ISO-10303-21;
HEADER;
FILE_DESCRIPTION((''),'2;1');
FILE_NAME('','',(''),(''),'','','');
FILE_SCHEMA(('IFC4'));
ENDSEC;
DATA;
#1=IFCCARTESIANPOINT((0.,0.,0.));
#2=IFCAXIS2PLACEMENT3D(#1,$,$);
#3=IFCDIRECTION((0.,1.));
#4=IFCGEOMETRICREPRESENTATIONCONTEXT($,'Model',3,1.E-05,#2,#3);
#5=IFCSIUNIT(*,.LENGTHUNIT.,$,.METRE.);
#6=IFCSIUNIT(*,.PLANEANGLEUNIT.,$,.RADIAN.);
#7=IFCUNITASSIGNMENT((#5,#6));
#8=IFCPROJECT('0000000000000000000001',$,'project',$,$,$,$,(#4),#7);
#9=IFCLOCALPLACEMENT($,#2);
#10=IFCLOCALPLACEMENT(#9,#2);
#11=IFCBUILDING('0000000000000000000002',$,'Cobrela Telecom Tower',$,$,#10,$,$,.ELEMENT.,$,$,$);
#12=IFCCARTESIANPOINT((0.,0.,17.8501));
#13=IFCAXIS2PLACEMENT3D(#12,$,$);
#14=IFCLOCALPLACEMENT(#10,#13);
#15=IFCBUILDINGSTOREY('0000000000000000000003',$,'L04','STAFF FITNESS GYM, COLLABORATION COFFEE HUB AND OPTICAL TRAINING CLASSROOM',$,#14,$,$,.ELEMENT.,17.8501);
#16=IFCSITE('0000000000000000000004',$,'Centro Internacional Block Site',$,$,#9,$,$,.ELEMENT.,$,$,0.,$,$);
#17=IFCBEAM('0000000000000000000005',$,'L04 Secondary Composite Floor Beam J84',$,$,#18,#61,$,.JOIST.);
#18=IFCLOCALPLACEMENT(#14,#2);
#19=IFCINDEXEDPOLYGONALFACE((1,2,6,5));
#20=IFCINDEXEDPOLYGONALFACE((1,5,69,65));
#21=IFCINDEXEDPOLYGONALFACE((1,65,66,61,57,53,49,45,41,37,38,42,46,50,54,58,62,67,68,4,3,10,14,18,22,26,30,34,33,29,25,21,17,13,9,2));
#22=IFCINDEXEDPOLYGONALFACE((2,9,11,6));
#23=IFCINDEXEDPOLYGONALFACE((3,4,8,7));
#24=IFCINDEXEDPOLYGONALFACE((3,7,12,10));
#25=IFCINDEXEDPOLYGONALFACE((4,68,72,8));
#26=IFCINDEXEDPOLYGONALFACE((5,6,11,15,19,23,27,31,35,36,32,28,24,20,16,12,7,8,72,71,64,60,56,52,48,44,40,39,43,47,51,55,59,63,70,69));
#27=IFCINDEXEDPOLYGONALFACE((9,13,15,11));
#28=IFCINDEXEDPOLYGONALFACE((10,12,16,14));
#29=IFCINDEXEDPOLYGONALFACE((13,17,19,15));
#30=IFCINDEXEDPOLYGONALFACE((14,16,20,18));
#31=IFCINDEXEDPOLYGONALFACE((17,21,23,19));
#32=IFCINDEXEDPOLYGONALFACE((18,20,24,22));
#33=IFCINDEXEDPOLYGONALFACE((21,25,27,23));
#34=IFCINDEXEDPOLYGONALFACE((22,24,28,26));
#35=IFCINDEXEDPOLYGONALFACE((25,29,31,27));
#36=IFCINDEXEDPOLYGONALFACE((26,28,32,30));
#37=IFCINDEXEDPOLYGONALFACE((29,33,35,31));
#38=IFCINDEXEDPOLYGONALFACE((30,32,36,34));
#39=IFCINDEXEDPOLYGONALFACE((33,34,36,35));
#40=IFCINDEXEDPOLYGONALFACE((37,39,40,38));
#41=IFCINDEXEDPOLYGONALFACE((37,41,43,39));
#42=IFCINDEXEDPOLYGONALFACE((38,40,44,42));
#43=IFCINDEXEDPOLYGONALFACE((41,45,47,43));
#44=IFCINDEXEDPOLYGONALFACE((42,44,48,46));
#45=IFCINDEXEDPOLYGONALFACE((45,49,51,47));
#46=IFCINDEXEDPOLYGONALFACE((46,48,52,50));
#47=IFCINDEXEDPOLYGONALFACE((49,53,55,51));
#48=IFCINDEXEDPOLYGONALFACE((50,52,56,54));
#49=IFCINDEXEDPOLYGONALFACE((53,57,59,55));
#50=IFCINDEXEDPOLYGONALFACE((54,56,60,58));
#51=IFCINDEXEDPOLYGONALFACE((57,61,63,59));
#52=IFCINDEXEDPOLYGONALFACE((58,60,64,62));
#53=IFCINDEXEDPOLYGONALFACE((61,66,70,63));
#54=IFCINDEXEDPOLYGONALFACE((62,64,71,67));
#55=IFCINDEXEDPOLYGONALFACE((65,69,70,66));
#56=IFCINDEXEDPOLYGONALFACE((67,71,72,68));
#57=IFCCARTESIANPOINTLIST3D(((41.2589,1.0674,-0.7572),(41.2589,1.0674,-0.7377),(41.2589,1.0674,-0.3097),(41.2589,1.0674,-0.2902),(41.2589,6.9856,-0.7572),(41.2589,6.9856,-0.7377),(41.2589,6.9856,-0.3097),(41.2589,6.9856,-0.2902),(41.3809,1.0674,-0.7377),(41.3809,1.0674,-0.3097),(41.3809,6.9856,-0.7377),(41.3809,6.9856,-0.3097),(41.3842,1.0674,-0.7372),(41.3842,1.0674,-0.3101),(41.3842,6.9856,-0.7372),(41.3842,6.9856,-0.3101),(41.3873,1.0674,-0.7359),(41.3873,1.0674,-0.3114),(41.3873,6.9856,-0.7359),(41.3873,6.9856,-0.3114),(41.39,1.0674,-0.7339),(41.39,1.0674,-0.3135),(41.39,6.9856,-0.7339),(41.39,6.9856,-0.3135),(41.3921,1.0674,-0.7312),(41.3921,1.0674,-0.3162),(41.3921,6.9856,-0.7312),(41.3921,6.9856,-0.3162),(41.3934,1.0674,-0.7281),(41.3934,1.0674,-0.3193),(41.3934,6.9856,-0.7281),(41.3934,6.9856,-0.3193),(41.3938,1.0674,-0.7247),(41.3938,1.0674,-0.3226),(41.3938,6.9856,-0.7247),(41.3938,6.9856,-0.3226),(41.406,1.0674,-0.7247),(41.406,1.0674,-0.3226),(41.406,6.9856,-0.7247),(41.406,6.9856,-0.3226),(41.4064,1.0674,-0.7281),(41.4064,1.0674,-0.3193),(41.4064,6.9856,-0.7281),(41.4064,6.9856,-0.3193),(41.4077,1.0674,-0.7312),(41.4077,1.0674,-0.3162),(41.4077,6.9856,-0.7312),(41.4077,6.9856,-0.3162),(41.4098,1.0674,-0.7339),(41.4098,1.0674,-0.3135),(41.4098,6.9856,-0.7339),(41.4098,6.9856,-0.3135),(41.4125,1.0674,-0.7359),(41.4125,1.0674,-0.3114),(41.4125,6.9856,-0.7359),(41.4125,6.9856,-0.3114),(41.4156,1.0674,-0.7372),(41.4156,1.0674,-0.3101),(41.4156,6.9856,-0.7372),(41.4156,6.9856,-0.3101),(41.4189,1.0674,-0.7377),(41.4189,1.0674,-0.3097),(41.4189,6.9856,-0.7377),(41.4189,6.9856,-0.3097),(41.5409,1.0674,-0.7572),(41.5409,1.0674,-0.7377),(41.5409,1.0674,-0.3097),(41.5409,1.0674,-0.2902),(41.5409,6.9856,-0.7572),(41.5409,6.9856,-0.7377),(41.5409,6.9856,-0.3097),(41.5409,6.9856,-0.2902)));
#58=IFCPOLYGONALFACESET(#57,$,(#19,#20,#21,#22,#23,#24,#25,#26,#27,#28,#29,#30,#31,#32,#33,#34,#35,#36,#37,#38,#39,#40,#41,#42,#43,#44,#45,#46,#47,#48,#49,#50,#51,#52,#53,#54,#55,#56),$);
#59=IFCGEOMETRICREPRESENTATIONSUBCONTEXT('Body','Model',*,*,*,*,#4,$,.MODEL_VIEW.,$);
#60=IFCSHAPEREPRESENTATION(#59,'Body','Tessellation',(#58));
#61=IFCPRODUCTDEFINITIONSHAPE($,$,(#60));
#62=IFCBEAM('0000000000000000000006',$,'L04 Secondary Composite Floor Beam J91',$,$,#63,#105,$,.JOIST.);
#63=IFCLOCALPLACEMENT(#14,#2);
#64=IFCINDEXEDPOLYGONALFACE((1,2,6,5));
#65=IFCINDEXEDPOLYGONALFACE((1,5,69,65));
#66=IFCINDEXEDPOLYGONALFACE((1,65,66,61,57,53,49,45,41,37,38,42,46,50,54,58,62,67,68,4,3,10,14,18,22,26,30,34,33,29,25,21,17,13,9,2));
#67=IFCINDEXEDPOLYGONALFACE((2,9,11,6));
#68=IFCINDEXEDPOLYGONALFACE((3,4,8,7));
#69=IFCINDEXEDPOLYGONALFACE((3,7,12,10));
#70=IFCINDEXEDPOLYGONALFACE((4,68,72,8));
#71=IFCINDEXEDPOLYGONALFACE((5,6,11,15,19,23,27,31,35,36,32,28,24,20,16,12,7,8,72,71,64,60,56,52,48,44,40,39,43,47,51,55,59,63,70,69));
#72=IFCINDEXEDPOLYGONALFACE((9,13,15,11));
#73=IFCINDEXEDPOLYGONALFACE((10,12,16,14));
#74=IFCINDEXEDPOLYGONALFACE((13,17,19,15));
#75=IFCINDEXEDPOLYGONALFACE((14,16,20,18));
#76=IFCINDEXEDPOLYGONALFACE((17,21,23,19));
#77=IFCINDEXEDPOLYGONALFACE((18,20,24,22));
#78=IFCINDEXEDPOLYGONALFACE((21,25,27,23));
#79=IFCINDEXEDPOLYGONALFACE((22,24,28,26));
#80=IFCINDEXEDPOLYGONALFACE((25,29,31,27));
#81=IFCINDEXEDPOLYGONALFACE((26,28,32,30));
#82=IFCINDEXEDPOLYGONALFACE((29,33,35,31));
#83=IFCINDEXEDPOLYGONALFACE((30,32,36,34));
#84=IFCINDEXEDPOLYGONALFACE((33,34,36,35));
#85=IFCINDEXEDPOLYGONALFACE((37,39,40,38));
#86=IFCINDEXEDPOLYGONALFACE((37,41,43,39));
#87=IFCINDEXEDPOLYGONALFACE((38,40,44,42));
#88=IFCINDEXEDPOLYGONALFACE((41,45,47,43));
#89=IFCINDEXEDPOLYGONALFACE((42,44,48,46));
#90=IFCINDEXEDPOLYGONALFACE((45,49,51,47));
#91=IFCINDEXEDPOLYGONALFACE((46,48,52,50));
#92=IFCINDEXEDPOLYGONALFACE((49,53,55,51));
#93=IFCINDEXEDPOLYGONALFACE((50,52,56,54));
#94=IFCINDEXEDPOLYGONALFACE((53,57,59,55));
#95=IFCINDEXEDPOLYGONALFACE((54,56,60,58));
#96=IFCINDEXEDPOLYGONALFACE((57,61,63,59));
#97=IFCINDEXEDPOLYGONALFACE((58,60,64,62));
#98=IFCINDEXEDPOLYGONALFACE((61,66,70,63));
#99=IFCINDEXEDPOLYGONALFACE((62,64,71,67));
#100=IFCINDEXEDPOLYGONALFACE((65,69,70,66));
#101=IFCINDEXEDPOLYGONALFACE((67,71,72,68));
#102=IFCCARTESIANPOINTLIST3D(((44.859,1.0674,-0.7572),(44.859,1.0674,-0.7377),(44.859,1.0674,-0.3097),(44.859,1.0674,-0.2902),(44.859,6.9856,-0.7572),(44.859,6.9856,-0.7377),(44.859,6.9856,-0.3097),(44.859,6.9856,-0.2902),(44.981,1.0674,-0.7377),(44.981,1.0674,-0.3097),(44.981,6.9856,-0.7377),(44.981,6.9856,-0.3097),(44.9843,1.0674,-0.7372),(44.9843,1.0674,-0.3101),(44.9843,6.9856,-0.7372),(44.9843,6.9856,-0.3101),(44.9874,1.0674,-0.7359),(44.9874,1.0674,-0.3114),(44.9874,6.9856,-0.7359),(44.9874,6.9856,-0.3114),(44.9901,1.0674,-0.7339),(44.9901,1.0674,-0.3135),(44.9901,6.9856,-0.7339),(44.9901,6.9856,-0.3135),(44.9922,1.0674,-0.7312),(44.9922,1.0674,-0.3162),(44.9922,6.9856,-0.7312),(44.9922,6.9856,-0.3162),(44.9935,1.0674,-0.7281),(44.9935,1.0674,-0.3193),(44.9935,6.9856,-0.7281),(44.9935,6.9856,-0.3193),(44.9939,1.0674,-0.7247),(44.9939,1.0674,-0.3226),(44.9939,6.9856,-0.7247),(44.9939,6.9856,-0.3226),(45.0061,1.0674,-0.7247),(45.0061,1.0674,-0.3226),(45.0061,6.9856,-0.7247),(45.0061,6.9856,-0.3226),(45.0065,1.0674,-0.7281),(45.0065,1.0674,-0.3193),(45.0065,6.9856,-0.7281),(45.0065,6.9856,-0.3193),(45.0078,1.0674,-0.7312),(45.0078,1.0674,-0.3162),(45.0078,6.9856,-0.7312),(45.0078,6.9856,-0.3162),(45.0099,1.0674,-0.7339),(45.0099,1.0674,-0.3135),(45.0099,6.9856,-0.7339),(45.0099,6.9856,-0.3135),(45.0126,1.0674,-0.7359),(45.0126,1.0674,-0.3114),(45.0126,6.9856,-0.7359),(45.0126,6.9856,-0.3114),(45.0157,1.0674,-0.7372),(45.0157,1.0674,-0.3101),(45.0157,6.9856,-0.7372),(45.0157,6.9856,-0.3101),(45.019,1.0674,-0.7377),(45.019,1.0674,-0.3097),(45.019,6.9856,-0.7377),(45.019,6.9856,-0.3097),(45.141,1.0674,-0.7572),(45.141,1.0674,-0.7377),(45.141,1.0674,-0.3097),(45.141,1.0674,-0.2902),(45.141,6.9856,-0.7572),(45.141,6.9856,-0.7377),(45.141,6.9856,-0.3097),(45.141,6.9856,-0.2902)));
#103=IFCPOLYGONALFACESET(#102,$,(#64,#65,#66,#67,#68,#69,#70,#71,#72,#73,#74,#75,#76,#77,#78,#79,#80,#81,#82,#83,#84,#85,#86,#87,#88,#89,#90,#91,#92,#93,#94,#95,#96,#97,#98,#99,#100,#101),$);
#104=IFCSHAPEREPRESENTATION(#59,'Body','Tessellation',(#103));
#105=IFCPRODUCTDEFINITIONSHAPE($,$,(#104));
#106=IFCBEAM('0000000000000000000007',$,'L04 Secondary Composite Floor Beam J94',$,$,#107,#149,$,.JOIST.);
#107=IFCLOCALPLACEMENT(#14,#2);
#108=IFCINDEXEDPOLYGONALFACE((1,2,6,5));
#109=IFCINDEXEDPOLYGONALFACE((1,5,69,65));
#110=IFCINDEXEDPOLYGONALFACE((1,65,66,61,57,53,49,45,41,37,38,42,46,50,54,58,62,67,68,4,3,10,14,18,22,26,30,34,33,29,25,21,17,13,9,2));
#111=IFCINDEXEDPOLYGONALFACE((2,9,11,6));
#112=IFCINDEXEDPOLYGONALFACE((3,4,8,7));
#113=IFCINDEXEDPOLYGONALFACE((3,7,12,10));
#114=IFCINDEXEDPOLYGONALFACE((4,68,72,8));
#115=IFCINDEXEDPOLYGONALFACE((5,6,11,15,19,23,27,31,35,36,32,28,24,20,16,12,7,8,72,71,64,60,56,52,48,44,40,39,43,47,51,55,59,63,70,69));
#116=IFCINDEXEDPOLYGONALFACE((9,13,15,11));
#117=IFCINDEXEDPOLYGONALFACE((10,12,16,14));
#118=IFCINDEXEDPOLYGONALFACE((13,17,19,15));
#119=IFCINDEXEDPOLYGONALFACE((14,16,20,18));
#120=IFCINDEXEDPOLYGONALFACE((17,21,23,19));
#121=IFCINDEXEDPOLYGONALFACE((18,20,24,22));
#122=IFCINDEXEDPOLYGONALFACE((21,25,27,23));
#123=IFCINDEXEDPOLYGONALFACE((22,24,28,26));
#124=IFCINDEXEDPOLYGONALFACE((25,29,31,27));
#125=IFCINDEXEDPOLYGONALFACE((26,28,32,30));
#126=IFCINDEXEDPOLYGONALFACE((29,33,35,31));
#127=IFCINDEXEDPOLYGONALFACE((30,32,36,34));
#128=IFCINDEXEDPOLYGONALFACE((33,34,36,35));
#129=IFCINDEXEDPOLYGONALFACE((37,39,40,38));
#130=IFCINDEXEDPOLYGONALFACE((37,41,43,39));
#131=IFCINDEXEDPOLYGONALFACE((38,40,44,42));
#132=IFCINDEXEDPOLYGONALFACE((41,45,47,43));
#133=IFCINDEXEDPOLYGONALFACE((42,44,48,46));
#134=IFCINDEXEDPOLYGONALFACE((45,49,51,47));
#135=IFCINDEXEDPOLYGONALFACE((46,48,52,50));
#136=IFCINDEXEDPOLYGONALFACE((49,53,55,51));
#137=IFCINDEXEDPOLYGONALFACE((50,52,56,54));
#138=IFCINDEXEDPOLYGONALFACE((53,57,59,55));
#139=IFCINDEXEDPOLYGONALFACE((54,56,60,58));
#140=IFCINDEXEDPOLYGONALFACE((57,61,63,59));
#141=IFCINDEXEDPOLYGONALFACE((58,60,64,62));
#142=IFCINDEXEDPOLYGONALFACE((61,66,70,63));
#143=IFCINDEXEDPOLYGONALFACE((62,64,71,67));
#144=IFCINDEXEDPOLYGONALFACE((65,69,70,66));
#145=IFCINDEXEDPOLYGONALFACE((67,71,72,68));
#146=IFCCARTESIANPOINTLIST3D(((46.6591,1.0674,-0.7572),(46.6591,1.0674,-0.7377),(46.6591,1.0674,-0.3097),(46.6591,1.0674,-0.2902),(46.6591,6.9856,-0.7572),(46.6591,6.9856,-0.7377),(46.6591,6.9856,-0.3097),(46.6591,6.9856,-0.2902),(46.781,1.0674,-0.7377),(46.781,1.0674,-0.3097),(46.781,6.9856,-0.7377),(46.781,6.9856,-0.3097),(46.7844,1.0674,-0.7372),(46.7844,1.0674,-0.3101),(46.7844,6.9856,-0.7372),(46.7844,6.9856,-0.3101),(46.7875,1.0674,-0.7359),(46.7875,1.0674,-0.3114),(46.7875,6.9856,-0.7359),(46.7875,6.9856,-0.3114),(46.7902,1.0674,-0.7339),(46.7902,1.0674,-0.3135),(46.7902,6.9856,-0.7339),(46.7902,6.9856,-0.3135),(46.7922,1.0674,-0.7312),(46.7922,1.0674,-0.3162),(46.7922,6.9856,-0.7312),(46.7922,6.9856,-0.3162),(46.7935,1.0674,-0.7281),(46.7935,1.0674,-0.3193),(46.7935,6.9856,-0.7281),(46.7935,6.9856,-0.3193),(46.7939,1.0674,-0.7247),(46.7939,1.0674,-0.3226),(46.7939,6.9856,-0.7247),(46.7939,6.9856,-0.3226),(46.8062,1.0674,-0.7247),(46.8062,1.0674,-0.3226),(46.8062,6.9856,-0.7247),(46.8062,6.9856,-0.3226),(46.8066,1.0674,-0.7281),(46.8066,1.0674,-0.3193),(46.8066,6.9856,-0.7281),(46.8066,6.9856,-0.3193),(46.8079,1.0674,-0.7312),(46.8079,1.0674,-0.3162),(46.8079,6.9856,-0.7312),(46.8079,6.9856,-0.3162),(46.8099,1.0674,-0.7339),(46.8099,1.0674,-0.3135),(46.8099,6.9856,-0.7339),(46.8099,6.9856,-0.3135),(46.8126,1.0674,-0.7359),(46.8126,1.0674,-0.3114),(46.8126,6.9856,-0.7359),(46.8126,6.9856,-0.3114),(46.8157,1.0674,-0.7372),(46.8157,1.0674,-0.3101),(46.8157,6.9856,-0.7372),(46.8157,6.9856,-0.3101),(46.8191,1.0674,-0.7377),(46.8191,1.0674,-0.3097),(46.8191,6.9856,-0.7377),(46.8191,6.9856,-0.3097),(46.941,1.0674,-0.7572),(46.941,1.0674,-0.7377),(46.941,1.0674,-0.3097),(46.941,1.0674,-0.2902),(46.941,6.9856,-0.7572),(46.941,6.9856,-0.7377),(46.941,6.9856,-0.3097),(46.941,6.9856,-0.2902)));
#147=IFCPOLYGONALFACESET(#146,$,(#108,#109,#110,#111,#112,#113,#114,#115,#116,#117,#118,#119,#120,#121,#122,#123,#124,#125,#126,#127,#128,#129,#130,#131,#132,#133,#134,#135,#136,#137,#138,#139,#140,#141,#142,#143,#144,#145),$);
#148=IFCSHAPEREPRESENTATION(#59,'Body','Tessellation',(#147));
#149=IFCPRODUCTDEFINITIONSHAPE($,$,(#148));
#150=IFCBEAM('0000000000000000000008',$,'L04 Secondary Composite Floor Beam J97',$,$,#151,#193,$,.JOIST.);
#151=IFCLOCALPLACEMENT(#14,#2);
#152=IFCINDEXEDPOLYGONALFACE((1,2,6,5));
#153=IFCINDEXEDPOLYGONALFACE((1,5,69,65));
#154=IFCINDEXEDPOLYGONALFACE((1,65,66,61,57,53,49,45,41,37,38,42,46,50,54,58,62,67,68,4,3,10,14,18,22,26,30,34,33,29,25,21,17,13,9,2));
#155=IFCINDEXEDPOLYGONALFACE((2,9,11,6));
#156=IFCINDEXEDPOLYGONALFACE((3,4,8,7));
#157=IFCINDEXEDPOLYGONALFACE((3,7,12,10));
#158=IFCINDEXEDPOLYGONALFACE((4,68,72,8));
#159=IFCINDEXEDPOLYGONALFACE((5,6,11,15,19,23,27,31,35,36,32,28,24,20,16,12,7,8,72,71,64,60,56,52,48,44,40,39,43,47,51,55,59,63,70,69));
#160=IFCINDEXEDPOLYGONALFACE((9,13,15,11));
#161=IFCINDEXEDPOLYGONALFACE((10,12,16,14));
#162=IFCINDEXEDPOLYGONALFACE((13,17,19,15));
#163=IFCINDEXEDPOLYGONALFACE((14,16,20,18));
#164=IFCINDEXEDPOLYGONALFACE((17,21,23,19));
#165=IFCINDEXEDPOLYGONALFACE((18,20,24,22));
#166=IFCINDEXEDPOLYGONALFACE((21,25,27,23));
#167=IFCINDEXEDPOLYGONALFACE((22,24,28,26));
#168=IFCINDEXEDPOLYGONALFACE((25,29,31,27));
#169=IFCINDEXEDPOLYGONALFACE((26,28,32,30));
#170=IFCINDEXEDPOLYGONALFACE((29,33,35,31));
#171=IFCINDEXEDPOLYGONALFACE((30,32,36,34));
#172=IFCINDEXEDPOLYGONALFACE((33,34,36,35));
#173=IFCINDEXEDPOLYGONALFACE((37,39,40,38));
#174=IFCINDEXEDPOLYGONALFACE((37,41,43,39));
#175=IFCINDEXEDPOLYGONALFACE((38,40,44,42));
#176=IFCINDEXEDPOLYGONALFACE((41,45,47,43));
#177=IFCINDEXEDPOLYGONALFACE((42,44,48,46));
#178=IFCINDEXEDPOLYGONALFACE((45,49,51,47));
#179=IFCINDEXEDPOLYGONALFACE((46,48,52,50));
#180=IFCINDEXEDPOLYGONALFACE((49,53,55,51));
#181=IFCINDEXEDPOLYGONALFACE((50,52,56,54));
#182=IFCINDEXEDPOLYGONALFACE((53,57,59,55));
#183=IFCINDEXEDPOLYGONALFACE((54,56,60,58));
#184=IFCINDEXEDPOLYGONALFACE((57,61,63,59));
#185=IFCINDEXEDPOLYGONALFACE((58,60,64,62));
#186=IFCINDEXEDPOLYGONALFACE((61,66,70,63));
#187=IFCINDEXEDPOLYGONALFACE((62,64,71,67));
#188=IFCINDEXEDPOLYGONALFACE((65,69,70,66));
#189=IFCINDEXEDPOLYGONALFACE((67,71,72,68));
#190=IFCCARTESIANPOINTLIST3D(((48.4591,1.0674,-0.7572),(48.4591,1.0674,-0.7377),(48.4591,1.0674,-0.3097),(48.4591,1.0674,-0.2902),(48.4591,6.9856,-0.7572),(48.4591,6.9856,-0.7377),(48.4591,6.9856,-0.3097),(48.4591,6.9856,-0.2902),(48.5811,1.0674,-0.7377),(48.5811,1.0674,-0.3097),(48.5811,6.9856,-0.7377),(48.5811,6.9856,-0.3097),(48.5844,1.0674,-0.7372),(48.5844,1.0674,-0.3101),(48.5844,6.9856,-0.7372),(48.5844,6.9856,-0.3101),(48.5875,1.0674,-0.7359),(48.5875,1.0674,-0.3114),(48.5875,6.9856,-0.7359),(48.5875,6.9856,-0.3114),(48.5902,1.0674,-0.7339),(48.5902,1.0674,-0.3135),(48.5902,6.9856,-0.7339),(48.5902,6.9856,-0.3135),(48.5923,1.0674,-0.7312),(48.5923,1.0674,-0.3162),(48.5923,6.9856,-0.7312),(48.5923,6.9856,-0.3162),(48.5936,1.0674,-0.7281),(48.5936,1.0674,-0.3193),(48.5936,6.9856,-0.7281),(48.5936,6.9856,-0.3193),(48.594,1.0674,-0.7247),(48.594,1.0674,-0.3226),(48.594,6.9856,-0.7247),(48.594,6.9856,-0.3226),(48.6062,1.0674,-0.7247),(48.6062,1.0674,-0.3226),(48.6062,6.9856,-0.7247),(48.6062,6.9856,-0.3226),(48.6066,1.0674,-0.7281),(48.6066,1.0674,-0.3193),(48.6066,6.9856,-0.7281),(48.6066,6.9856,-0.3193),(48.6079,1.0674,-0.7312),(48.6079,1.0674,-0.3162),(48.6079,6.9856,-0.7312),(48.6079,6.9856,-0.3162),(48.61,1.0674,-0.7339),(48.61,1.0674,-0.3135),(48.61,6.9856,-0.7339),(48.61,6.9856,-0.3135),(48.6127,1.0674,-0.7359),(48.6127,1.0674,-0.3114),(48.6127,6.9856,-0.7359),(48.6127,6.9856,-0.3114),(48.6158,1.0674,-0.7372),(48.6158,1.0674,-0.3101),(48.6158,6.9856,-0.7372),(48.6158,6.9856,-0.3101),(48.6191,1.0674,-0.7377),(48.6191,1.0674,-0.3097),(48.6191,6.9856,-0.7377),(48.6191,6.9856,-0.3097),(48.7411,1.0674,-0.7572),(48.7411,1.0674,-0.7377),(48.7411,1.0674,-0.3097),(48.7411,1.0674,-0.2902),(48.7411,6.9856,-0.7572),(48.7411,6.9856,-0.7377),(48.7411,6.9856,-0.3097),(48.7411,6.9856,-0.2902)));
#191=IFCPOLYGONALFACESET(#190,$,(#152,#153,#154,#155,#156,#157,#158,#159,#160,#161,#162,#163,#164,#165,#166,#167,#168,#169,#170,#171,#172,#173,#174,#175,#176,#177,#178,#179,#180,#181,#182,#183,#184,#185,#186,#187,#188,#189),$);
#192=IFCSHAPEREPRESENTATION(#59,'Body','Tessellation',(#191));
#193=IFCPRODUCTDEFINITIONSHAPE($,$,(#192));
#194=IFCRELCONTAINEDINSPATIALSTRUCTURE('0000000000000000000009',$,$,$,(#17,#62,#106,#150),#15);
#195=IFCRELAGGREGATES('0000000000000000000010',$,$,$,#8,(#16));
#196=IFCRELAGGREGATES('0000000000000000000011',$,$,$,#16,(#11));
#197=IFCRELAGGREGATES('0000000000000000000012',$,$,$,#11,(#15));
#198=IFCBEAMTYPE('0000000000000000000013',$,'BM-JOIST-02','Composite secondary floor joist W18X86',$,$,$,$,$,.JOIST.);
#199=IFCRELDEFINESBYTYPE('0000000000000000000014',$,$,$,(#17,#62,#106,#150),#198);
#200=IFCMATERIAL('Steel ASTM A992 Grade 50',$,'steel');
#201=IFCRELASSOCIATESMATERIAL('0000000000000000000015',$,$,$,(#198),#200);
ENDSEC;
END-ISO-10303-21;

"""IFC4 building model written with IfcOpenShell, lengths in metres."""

from ifc_helpers import new_model, si_unit, direction, frame, origin, origin_2d, place, context, subcontext, project, spatial, i_section, extrude, material, material_profile, profile_set, type_object, element, save


model = new_model("IFC4")

# Units and contexts
model_context = context("Model", 3, precision=1e-05, world=origin(), true_north=direction((0.0, 1.0)))
body_context = subcontext(model_context, "Body", "Model", "MODEL_VIEW")
ifc_project = project(units=[si_unit("LENGTHUNIT", "METRE"), si_unit("PLANEANGLEUNIT", "RADIAN")], contexts=[model_context])

# Site, building, storey
site_placement = place(None, origin())
site = spatial("IfcSite", under=ifc_project, at=site_placement, Name="Centro Internacional Block Site", CompositionType="ELEMENT", RefElevation=0.0)
building_placement = place(site_placement, origin())
building = spatial("IfcBuilding", under=site, at=building_placement, Name="Cobrela Telecom Tower", CompositionType="ELEMENT")
storey_placement = place(building_placement, frame((0.0, 0.0, 17.8501)))
storey = spatial("IfcBuildingStorey", under=building, at=storey_placement, Name="L04", Description="STAFF FITNESS GYM, COLLABORATION COFFEE HUB AND OPTICAL TRAINING CLASSROOM", CompositionType="ELEMENT", Elevation=17.8501)

# Beams
ifc_material_1 = material(Name="Steel ASTM A992 Grade 50", Category="steel")
ifc_material_profile_1 = material_profile(ifc_material_1, i_section(OverallWidth=0.282, OverallDepth=0.467, WebThickness=0.0122, FlangeThickness=0.0195, FilletRadius=0.0129, at=origin_2d()), Name="W18X86")
ifc_profile_set_1 = profile_set([ifc_material_profile_1], Name="Steel ASTM A992 Grade 50")
beam_type_1 = type_object("IfcBeamType", Name="BM-JOIST-02", Description="Composite secondary floor joist W18X86", PredefinedType="JOIST", material=ifc_profile_set_1)
for number, where, z_axis, x_axis, name in (
    (1, (41.3999, 1.0674, -0.5237), (0.0, 1.0, 0.0), (-1.0, 0.0, 0.0), "L04 Secondary Composite Floor Beam J84"),
    (2, (45.0, 1.0674, -0.5237), (0.0, 1.0, 0.0), (-1.0, 0.0, 0.0), "L04 Secondary Composite Floor Beam J91"),
    (3, (46.8, 1.0674, -0.5237), (0.0, 1.0, 0.0), (-1.0, 0.0, 0.0), "L04 Secondary Composite Floor Beam J94"),
    (4, (48.6001, 1.0674, -0.5237), (0.0, 1.0, 0.0), (-1.0, 0.0, 0.0), "L04 Secondary Composite Floor Beam J97"),
):
    element("IfcBeam", number, at=place(storey_placement, frame(where, z_axis=z_axis, x_axis=x_axis)), inside=storey, type_object=beam_type_1, Name=name, PredefinedType="JOIST", context=body_context, shape_type="SweptSolid", body=[
        extrude(i_section(OverallWidth=0.282, OverallDepth=0.467, WebThickness=0.0122, FlangeThickness=0.0195, FilletRadius=0.0129, at=origin_2d()), origin(), (0.0, 0.0, 1.0), 5.9182),
    ])

save(model, "model.ifc")
